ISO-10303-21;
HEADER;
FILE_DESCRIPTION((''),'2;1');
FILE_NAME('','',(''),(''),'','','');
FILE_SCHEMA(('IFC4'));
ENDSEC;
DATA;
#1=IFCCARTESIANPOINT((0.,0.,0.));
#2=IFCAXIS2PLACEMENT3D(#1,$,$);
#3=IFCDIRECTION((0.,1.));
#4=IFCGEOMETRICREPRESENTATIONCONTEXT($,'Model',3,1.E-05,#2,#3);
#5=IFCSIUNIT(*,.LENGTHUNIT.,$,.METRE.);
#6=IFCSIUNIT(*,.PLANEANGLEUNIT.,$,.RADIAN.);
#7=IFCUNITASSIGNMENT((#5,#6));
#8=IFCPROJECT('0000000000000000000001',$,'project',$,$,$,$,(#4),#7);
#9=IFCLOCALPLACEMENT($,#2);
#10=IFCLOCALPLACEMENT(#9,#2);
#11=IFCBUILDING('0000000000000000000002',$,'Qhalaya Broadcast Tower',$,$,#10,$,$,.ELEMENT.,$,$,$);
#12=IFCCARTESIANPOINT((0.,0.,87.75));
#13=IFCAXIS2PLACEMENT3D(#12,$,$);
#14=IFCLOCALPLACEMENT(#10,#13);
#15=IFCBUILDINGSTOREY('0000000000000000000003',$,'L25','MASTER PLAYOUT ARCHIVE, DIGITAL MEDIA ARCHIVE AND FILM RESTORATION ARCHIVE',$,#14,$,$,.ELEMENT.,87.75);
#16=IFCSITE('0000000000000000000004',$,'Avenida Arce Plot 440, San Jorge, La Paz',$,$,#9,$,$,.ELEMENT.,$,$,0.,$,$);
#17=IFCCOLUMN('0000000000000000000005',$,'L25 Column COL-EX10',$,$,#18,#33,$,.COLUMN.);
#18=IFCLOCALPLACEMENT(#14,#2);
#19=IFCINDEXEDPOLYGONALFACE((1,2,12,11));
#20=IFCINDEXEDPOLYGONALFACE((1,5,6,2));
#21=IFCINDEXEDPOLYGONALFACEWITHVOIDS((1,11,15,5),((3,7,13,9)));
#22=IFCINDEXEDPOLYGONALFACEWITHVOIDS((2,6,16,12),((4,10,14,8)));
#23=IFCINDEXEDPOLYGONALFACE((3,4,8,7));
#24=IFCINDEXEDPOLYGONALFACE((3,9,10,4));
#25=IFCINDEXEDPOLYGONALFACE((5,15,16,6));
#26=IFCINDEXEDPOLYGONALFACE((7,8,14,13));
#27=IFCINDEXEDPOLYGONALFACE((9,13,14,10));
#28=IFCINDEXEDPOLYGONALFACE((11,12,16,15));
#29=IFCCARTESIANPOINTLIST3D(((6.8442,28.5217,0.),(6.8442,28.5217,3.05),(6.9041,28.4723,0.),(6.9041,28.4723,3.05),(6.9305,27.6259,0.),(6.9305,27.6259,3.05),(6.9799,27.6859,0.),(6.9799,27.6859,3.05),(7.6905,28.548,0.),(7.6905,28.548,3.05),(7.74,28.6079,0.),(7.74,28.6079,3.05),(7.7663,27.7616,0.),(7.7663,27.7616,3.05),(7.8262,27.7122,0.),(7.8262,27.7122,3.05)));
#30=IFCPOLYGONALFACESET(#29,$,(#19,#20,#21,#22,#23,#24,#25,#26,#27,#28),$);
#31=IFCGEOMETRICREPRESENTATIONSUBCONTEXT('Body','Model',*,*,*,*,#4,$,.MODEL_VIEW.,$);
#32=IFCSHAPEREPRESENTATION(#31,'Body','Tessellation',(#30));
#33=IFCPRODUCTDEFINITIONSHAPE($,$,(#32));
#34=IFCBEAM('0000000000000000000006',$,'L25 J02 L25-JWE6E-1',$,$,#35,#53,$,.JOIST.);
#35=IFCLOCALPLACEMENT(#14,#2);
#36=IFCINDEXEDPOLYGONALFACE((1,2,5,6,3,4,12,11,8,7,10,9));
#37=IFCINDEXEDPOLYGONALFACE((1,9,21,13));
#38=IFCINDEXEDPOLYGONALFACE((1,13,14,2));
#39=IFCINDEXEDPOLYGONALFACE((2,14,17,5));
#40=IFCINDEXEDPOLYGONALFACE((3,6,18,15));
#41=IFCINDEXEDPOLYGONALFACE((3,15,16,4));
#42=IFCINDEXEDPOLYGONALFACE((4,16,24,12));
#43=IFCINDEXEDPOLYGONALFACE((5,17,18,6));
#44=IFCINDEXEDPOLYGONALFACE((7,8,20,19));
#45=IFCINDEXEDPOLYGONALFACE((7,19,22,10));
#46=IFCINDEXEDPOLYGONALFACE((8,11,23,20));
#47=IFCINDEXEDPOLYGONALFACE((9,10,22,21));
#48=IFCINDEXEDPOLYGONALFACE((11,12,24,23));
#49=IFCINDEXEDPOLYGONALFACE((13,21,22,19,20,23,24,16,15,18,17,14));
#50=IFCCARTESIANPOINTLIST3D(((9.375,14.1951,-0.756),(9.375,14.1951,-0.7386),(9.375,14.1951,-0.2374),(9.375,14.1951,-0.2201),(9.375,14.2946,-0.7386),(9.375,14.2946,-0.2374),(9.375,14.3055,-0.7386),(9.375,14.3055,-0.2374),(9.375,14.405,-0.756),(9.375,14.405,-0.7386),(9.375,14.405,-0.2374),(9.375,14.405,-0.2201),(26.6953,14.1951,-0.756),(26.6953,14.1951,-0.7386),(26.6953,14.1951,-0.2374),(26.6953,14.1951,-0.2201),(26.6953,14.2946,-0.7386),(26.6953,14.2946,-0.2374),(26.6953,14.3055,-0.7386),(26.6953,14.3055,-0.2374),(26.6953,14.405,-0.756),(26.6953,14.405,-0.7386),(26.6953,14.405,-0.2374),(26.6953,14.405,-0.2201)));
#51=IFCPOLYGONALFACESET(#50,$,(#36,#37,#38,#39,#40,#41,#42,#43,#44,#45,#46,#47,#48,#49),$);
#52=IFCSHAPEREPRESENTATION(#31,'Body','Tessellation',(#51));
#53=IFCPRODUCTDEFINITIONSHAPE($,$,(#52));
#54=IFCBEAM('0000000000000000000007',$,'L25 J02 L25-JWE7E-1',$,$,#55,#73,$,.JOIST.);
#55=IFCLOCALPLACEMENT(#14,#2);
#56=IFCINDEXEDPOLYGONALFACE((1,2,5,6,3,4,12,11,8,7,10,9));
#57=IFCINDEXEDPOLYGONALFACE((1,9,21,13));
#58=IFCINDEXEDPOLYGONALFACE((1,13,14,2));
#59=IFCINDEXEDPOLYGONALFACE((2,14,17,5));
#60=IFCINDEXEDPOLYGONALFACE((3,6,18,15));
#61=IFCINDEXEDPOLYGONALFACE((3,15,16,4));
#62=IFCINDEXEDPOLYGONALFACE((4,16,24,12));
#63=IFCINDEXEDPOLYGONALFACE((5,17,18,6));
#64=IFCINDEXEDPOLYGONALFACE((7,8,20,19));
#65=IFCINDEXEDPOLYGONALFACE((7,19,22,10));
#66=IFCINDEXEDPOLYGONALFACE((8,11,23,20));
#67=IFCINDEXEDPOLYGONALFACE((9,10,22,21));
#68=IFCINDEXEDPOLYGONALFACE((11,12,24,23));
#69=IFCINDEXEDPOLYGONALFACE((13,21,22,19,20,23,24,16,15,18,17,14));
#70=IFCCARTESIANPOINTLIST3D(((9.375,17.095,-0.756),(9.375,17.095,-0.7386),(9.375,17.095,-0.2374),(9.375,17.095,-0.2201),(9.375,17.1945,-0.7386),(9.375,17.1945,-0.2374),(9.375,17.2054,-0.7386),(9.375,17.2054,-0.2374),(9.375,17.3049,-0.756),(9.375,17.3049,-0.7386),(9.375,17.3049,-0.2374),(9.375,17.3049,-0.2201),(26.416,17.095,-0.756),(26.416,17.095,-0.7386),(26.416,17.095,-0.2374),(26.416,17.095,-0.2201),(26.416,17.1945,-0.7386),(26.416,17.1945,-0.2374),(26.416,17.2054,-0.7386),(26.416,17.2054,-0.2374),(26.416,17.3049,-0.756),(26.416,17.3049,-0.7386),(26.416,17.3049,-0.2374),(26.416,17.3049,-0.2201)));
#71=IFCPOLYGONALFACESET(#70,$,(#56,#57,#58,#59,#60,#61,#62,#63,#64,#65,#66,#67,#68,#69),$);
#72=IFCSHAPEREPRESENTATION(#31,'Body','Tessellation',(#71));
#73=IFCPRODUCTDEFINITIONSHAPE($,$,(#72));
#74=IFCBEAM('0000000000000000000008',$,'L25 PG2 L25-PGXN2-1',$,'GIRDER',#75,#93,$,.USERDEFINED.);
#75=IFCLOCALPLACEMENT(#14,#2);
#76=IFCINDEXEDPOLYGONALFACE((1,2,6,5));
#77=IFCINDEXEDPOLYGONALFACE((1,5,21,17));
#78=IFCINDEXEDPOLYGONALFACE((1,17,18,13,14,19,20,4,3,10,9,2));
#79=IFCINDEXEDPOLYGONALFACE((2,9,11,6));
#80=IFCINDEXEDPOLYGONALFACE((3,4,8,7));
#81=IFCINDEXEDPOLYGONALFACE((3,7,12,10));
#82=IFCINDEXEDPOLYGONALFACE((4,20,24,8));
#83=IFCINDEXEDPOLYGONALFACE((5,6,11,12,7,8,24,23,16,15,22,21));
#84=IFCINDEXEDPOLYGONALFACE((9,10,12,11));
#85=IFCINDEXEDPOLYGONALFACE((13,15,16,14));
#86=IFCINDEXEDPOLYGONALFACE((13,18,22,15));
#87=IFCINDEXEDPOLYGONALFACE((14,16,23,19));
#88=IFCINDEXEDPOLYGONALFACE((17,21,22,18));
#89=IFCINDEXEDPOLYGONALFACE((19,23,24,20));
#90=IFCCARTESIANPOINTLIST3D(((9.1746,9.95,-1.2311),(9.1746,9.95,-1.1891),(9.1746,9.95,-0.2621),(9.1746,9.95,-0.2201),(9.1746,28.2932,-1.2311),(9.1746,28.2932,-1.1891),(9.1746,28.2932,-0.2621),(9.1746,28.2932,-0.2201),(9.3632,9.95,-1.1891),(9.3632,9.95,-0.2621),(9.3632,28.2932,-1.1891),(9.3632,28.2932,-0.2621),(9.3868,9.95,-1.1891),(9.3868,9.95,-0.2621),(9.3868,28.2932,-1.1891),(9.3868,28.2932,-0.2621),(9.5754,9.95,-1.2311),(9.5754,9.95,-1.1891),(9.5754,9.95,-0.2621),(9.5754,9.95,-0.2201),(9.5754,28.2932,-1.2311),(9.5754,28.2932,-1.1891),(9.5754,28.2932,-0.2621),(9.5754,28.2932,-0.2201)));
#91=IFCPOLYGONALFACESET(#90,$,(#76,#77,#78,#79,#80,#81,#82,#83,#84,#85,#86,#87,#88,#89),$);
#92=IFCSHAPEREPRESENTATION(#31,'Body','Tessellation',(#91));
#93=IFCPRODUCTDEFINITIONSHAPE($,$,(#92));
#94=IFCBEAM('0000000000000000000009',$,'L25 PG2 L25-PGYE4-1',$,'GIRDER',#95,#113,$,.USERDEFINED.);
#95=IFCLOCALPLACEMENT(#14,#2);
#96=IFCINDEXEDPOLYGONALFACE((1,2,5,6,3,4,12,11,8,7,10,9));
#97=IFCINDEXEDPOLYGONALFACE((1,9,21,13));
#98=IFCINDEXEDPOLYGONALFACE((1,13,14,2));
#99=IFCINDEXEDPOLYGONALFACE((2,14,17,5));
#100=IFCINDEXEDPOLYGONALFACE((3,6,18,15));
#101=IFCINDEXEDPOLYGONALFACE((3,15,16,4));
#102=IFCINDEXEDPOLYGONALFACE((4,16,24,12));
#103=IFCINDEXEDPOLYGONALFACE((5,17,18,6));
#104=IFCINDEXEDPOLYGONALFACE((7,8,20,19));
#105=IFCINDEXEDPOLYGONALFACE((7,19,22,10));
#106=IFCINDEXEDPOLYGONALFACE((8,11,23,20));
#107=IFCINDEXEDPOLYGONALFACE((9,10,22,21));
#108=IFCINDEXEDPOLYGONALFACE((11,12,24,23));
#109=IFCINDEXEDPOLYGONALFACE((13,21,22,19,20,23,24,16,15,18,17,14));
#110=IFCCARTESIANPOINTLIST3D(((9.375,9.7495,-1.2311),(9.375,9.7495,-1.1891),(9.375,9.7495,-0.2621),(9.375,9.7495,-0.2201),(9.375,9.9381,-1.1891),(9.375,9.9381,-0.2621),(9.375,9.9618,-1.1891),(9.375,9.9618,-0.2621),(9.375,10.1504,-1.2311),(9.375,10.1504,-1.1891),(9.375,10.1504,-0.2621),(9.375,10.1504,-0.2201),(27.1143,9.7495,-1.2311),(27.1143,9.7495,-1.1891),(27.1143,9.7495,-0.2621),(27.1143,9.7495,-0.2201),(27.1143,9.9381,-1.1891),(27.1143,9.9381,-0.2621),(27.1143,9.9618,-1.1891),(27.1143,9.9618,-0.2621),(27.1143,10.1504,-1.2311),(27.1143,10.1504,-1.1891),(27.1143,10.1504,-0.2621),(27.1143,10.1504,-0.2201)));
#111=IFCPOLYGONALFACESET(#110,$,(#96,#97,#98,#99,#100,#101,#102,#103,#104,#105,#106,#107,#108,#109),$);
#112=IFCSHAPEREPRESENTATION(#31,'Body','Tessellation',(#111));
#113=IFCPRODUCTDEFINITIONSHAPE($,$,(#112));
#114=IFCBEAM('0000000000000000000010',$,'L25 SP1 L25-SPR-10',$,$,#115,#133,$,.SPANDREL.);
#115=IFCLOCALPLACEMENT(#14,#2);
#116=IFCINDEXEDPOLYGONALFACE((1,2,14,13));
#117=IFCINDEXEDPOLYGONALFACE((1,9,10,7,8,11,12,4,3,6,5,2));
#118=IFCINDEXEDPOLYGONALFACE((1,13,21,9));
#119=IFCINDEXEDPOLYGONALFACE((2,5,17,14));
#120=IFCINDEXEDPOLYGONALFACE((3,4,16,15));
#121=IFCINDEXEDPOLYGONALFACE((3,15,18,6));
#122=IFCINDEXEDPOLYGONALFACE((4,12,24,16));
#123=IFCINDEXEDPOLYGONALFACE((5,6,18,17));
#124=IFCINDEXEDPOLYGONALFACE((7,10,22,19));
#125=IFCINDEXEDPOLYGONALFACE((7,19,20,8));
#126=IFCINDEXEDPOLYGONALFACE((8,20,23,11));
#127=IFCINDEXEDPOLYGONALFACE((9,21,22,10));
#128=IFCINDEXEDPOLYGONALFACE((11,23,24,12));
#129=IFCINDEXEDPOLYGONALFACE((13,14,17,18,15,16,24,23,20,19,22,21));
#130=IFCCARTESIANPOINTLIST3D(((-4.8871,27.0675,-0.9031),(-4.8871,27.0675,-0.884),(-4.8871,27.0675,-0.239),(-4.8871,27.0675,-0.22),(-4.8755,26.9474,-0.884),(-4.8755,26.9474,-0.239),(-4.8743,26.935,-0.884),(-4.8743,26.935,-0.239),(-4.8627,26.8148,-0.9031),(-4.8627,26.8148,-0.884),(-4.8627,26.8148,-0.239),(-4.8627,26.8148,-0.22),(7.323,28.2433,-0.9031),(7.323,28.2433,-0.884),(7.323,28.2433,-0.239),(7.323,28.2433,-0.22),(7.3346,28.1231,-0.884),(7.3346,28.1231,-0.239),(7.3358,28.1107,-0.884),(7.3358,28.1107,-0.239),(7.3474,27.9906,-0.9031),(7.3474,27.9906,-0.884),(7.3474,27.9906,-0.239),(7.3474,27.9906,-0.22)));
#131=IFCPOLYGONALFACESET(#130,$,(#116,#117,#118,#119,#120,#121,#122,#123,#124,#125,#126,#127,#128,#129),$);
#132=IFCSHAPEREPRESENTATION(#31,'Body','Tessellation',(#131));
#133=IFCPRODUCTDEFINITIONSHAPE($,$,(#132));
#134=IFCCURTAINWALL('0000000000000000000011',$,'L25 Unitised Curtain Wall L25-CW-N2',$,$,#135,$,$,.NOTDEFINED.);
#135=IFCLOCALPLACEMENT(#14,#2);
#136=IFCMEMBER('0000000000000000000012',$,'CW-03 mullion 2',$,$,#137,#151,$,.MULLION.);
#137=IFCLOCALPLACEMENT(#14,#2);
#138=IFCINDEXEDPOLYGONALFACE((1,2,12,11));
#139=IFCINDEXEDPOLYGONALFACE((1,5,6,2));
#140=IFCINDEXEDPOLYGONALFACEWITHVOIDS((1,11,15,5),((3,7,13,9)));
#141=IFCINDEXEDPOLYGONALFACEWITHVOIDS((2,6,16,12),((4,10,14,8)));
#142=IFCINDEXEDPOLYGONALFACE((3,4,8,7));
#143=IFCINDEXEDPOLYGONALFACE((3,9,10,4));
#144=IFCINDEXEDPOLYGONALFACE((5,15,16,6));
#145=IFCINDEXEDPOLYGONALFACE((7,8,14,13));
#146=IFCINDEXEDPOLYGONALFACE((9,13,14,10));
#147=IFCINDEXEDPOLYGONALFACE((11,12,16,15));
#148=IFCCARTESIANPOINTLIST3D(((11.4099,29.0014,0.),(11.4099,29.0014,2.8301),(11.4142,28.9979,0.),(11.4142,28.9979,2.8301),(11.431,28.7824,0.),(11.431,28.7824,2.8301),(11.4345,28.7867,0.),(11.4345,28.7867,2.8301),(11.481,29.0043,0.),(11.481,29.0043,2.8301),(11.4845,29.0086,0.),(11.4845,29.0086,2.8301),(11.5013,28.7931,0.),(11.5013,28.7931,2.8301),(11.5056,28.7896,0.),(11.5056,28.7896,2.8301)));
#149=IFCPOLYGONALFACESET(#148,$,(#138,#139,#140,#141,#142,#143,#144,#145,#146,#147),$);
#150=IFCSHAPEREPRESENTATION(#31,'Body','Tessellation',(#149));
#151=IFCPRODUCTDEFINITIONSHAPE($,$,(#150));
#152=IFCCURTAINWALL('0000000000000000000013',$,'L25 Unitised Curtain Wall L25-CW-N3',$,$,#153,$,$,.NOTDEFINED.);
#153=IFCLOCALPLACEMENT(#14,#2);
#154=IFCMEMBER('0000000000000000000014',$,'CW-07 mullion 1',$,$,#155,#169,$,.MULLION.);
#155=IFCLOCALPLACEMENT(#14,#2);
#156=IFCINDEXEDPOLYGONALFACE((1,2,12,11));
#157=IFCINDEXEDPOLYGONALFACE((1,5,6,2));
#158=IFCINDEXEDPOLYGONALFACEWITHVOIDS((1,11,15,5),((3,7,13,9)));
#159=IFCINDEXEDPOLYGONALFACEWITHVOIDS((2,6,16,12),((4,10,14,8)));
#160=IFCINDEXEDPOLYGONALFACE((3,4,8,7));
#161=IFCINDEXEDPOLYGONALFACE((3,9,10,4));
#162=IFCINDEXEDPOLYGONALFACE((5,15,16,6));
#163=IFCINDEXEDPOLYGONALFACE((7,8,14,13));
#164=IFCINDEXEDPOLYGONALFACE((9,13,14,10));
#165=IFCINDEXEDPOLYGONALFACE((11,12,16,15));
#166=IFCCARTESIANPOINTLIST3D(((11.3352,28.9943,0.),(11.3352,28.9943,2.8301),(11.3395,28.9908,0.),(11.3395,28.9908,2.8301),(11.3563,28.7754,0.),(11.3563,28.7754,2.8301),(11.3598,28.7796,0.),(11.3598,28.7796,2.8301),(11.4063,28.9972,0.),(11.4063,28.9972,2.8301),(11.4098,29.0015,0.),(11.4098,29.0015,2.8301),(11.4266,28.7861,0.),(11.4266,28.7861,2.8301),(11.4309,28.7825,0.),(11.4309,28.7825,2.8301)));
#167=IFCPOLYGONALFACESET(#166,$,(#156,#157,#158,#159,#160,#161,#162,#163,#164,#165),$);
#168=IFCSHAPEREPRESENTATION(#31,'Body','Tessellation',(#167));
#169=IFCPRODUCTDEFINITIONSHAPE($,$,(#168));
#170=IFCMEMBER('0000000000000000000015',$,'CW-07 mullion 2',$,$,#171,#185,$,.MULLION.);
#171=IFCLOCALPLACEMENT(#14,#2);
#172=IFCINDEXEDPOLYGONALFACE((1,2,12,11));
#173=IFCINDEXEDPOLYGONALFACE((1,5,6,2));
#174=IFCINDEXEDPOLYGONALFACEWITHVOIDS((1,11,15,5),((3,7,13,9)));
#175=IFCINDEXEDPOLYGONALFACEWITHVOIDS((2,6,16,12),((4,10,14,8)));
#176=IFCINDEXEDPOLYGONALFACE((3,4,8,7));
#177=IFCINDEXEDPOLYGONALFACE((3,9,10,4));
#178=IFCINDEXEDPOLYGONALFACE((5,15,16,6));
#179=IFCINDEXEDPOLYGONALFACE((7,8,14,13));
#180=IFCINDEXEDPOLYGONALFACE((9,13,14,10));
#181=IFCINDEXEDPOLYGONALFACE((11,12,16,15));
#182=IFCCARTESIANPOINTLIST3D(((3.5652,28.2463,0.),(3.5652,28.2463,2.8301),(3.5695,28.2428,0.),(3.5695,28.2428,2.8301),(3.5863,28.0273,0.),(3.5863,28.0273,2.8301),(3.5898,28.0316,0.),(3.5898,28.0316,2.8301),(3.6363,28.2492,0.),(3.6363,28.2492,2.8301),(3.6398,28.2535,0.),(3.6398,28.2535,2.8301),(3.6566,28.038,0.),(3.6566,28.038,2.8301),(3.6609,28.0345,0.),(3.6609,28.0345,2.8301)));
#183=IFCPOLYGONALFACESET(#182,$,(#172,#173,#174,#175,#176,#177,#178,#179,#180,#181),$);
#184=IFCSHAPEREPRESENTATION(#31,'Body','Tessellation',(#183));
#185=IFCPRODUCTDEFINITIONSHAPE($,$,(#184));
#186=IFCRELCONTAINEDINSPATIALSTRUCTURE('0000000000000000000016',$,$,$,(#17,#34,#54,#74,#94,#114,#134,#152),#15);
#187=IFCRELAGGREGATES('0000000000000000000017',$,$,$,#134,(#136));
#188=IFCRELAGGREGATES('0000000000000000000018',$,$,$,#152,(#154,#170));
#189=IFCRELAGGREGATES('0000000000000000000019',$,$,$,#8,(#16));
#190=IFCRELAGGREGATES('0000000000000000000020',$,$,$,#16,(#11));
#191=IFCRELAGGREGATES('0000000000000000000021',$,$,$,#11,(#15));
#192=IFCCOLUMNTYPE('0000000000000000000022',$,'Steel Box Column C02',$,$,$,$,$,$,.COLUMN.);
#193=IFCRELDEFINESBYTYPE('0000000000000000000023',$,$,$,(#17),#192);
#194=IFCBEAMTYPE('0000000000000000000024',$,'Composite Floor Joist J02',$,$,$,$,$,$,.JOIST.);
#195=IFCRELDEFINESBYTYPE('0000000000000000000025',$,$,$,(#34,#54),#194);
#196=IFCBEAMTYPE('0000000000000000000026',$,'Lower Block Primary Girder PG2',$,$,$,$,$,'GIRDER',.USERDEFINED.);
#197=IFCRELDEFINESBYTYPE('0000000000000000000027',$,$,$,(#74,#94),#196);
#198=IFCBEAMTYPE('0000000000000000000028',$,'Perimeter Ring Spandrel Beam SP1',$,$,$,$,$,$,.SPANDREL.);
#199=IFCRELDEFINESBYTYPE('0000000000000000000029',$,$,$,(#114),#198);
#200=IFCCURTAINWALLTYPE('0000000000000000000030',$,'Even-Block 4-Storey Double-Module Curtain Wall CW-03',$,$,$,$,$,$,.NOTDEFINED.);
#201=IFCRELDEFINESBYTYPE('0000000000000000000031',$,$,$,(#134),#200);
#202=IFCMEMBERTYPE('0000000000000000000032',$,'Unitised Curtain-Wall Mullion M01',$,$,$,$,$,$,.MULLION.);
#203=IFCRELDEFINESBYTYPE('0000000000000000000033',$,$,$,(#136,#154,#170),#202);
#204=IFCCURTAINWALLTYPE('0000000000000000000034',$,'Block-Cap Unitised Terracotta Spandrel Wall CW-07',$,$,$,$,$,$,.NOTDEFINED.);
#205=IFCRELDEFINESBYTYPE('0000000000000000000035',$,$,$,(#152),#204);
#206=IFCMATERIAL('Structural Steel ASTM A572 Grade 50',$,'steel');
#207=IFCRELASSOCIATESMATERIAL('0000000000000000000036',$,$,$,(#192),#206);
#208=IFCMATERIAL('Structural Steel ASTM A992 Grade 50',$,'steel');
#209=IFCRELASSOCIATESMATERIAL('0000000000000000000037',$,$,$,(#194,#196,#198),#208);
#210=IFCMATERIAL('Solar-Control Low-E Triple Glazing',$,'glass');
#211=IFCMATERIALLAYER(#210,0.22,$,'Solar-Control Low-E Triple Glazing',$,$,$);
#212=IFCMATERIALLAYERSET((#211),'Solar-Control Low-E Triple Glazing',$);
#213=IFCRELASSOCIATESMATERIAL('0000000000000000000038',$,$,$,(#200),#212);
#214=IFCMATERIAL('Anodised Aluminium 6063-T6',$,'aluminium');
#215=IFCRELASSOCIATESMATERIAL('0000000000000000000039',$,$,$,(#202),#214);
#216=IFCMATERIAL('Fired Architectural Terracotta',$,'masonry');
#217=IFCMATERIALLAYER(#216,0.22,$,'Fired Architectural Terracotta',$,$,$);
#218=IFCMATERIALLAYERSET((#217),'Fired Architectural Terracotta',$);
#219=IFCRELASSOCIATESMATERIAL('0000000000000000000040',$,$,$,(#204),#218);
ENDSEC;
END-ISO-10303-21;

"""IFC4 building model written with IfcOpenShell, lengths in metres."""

from ifc_helpers import new_model, si_unit, direction, frame, origin, origin_2d, place, context, subcontext, project, spatial, hollow_rectangle, i_section, extrude, material, layer, layer_set, material_profile, profile_set, type_object, element, aggregate, save


model = new_model("IFC4")

# Units and contexts
model_context = context("Model", 3, precision=1e-05, world=origin(), true_north=direction((0.0, 1.0)))
body_context = subcontext(model_context, "Body", "Model", "MODEL_VIEW")
ifc_project = project(units=[si_unit("LENGTHUNIT", "METRE"), si_unit("PLANEANGLEUNIT", "RADIAN")], contexts=[model_context])

# Site, building, storey
site_placement = place(None, origin())
site = spatial("IfcSite", under=ifc_project, at=site_placement, Name="Avenida Arce Plot 440, San Jorge, La Paz", CompositionType="ELEMENT", RefElevation=0.0)
building_placement = place(site_placement, origin())
building = spatial("IfcBuilding", under=site, at=building_placement, Name="Qhalaya Broadcast Tower", CompositionType="ELEMENT")
storey_placement = place(building_placement, frame((0.0, 0.0, 87.75)))
storey = spatial("IfcBuildingStorey", under=building, at=storey_placement, Name="L25", Description="MASTER PLAYOUT ARCHIVE, DIGITAL MEDIA ARCHIVE AND FILM RESTORATION ARCHIVE", CompositionType="ELEMENT", Elevation=87.75)

# Column
ifc_material_1 = material(Name="Structural Steel ASTM A572 Grade 50", Category="steel")
ifc_material_profile_1 = material_profile(ifc_material_1, hollow_rectangle(XDim=0.8999, YDim=0.8999, WallThickness=0.0549, at=origin_2d()), Name="BOX 900x900x55")
ifc_profile_set_1 = profile_set([ifc_material_profile_1], Name="Structural Steel ASTM A572 Grade 50")
column_type = type_object("IfcColumnType", Name="Steel Box Column C02", PredefinedType="COLUMN", material=ifc_profile_set_1)
column_placement = place(storey_placement, frame((7.3352, 28.1169, 0.0), z_axis=(0.0, 0.0, 1.0), x_axis=(0.995396, 0.095846, 0.0)))
element("IfcColumn", 1, at=column_placement, inside=storey, type_object=column_type, Name="L25 Column COL-EX10", PredefinedType="COLUMN", context=body_context, shape_type="SweptSolid", body=[
    extrude(hollow_rectangle(XDim=0.8999, YDim=0.8999, WallThickness=0.0549, at=origin_2d()), origin(), (0.0, 0.0, 1.0), 3.05),
])

# Beams
ifc_material_2 = material(Name="Structural Steel ASTM A992 Grade 50", Category="steel")
ifc_material_profile_2 = material_profile(ifc_material_2, i_section(OverallWidth=0.21, OverallDepth=0.5359, WebThickness=0.011, FlangeThickness=0.0173, at=origin_2d()), Name="W21X68")
ifc_profile_set_2 = profile_set([ifc_material_profile_2], Name="Structural Steel ASTM A992 Grade 50")
beam_type_1 = type_object("IfcBeamType", Name="Composite Floor Joist J02", PredefinedType="JOIST", material=ifc_profile_set_2)
beam_1_placement = place(storey_placement, frame((9.375, 14.3, -0.488), z_axis=(1.0, 0.0, 0.0), x_axis=(0.0, 1.0, 0.0)))
element("IfcBeam", 2, at=beam_1_placement, inside=storey, type_object=beam_type_1, Name="L25 J02 L25-JWE6E-1", PredefinedType="JOIST", context=body_context, shape_type="SweptSolid", body=[
    extrude(i_section(OverallWidth=0.21, OverallDepth=0.5359, WebThickness=0.011, FlangeThickness=0.0173, at=origin_2d()), origin(), (0.0, 0.0, 1.0), 17.3203),
])
beam_2_placement = place(storey_placement, frame((9.375, 17.2, -0.488), z_axis=(1.0, 0.0, 0.0), x_axis=(0.0, 1.0, 0.0)))
element("IfcBeam", 3, at=beam_2_placement, inside=storey, type_object=beam_type_1, Name="L25 J02 L25-JWE7E-1", PredefinedType="JOIST", context=body_context, shape_type="SweptSolid", body=[
    extrude(i_section(OverallWidth=0.21, OverallDepth=0.5359, WebThickness=0.011, FlangeThickness=0.0173, at=origin_2d()), origin(), (0.0, 0.0, 1.0), 17.041),
])
ifc_material_profile_3 = material_profile(ifc_material_2, i_section(OverallWidth=0.4009, OverallDepth=1.011, WebThickness=0.0237, FlangeThickness=0.042, at=origin_2d()), Name="W40X297")
ifc_profile_set_3 = profile_set([ifc_material_profile_3], Name="Structural Steel ASTM A992 Grade 50")
beam_type_2 = type_object("IfcBeamType", Name="Lower Block Primary Girder PG2", ElementType="GIRDER", PredefinedType="USERDEFINED", material=ifc_profile_set_3)
beam_3_placement = place(storey_placement, frame((9.375, 9.95, -0.7256), z_axis=(0.0, 1.0, 0.0), x_axis=(-1.0, 0.0, 0.0)))
element("IfcBeam", 4, at=beam_3_placement, inside=storey, type_object=beam_type_2, Name="L25 PG2 L25-PGXN2-1", ObjectType="GIRDER", PredefinedType="USERDEFINED", context=body_context, shape_type="SweptSolid", body=[
    extrude(i_section(OverallWidth=0.4009, OverallDepth=1.011, WebThickness=0.0237, FlangeThickness=0.042, at=origin_2d()), origin(), (0.0, 0.0, 1.0), 18.3433),
])
beam_4_placement = place(storey_placement, frame((9.375, 9.95, -0.7256), z_axis=(1.0, 0.0, 0.0), x_axis=(0.0, 1.0, 0.0)))
element("IfcBeam", 5, at=beam_4_placement, inside=storey, type_object=beam_type_2, Name="L25 PG2 L25-PGYE4-1", ObjectType="GIRDER", PredefinedType="USERDEFINED", context=body_context, shape_type="SweptSolid", body=[
    extrude(i_section(OverallWidth=0.4009, OverallDepth=1.011, WebThickness=0.0237, FlangeThickness=0.042, at=origin_2d()), origin(), (0.0, 0.0, 1.0), 17.7393),
])
ifc_material_profile_4 = material_profile(ifc_material_2, i_section(OverallWidth=0.2539, OverallDepth=0.6831, WebThickness=0.0125, FlangeThickness=0.019, at=origin_2d()), Name="W27X94")
ifc_profile_set_4 = profile_set([ifc_material_profile_4], Name="Structural Steel ASTM A992 Grade 50")
beam_type_3 = type_object("IfcBeamType", Name="Perimeter Ring Spandrel Beam SP1", PredefinedType="SPANDREL", material=ifc_profile_set_4)
beam_5_placement = place(storey_placement, frame((7.3352, 28.1169, -0.5615), z_axis=(-0.995396, -0.095852, 0.0), x_axis=(0.095852, -0.995396, 0.0)))
element("IfcBeam", 6, at=beam_5_placement, inside=storey, type_object=beam_type_3, Name="L25 SP1 L25-SPR-10", PredefinedType="SPANDREL", context=body_context, shape_type="SweptSolid", body=[
    extrude(i_section(OverallWidth=0.2539, OverallDepth=0.6831, WebThickness=0.0125, FlangeThickness=0.019, at=origin_2d()), origin(), (0.0, 0.0, 1.0), 12.2666),
])

# Curtain wall, member
ifc_material_3 = material(Name="Solar-Control Low-E Triple Glazing", Category="glass")
ifc_layer_1 = layer(ifc_material_3, 0.22, Name="Solar-Control Low-E Triple Glazing")
ifc_layer_set_1 = layer_set([ifc_layer_1], Name="Solar-Control Low-E Triple Glazing")
curtain_wall_type_1 = type_object("IfcCurtainWallType", Name="Even-Block 4-Storey Double-Module Curtain Wall CW-03", PredefinedType="NOTDEFINED", material=ifc_layer_set_1)
curtain_wall_1_placement = place(storey_placement, origin())
curtain_wall_1 = element("IfcCurtainWall", 7, at=curtain_wall_1_placement, inside=storey, type_object=curtain_wall_type_1, Name="L25 Unitised Curtain Wall L25-CW-N2", PredefinedType="NOTDEFINED")
ifc_material_4 = material(Name="Anodised Aluminium 6063-T6", Category="aluminium")
ifc_material_profile_5 = material_profile(ifc_material_4, hollow_rectangle(XDim=0.075, YDim=0.22, WallThickness=0.0039, at=origin_2d()), Name="ALU-MUL 75x220x4")
ifc_profile_set_5 = profile_set([ifc_material_profile_5], Name="Anodised Aluminium 6063-T6")
member_type_1 = type_object("IfcMemberType", Name="Unitised Curtain-Wall Mullion M01", PredefinedType="MULLION", material=ifc_profile_set_5)
member_1_placement = place(storey_placement, frame((11.4578, 28.8955, 0.0), z_axis=(0.0, 0.0, 1.0), x_axis=(-0.995395, -0.095862, 0.0)))
member_1 = element("IfcMember", 8, at=member_1_placement, type_object=member_type_1, Name="CW-03 mullion 2", PredefinedType="MULLION", context=body_context, shape_type="SweptSolid", body=[
    extrude(hollow_rectangle(XDim=0.075, YDim=0.22, WallThickness=0.0039, at=origin_2d()), origin(), (0.0, 0.0, 1.0), 2.8301),
])
aggregate(curtain_wall_1, [member_1])

# Curtain wall, members
ifc_material_5 = material(Name="Fired Architectural Terracotta", Category="masonry")
ifc_layer_2 = layer(ifc_material_5, 0.22, Name="Fired Architectural Terracotta")
ifc_layer_set_2 = layer_set([ifc_layer_2], Name="Fired Architectural Terracotta")
curtain_wall_type_2 = type_object("IfcCurtainWallType", Name="Block-Cap Unitised Terracotta Spandrel Wall CW-07", PredefinedType="NOTDEFINED", material=ifc_layer_set_2)
curtain_wall_2_placement = place(storey_placement, origin())
curtain_wall_2 = element("IfcCurtainWall", 9, at=curtain_wall_2_placement, inside=storey, type_object=curtain_wall_type_2, Name="L25 Unitised Curtain Wall L25-CW-N3", PredefinedType="NOTDEFINED")
member_2_placement = place(storey_placement, frame((11.3831, 28.8884, 0.0), z_axis=(0.0, 0.0, 1.0), x_axis=(-0.995397, -0.095838, 0.0)))
member_2 = element("IfcMember", 10, at=member_2_placement, type_object=member_type_1, Name="CW-07 mullion 1", PredefinedType="MULLION", context=body_context, shape_type="SweptSolid", body=[
    extrude(hollow_rectangle(XDim=0.075, YDim=0.22, WallThickness=0.0039, at=origin_2d()), origin(), (0.0, 0.0, 1.0), 2.8301),
])
member_3_placement = place(storey_placement, frame((3.613, 28.1404, 0.0), z_axis=(0.0, 0.0, 1.0), x_axis=(-0.995397, -0.095838, 0.0)))
member_3 = element("IfcMember", 11, at=member_3_placement, type_object=member_type_1, Name="CW-07 mullion 2", PredefinedType="MULLION", context=body_context, shape_type="SweptSolid", body=[
    extrude(hollow_rectangle(XDim=0.075, YDim=0.22, WallThickness=0.0039, at=origin_2d()), origin(), (0.0, 0.0, 1.0), 2.8301),
])

aggregate(curtain_wall_2, [member_2, member_3])

save(model, "model.ifc")
